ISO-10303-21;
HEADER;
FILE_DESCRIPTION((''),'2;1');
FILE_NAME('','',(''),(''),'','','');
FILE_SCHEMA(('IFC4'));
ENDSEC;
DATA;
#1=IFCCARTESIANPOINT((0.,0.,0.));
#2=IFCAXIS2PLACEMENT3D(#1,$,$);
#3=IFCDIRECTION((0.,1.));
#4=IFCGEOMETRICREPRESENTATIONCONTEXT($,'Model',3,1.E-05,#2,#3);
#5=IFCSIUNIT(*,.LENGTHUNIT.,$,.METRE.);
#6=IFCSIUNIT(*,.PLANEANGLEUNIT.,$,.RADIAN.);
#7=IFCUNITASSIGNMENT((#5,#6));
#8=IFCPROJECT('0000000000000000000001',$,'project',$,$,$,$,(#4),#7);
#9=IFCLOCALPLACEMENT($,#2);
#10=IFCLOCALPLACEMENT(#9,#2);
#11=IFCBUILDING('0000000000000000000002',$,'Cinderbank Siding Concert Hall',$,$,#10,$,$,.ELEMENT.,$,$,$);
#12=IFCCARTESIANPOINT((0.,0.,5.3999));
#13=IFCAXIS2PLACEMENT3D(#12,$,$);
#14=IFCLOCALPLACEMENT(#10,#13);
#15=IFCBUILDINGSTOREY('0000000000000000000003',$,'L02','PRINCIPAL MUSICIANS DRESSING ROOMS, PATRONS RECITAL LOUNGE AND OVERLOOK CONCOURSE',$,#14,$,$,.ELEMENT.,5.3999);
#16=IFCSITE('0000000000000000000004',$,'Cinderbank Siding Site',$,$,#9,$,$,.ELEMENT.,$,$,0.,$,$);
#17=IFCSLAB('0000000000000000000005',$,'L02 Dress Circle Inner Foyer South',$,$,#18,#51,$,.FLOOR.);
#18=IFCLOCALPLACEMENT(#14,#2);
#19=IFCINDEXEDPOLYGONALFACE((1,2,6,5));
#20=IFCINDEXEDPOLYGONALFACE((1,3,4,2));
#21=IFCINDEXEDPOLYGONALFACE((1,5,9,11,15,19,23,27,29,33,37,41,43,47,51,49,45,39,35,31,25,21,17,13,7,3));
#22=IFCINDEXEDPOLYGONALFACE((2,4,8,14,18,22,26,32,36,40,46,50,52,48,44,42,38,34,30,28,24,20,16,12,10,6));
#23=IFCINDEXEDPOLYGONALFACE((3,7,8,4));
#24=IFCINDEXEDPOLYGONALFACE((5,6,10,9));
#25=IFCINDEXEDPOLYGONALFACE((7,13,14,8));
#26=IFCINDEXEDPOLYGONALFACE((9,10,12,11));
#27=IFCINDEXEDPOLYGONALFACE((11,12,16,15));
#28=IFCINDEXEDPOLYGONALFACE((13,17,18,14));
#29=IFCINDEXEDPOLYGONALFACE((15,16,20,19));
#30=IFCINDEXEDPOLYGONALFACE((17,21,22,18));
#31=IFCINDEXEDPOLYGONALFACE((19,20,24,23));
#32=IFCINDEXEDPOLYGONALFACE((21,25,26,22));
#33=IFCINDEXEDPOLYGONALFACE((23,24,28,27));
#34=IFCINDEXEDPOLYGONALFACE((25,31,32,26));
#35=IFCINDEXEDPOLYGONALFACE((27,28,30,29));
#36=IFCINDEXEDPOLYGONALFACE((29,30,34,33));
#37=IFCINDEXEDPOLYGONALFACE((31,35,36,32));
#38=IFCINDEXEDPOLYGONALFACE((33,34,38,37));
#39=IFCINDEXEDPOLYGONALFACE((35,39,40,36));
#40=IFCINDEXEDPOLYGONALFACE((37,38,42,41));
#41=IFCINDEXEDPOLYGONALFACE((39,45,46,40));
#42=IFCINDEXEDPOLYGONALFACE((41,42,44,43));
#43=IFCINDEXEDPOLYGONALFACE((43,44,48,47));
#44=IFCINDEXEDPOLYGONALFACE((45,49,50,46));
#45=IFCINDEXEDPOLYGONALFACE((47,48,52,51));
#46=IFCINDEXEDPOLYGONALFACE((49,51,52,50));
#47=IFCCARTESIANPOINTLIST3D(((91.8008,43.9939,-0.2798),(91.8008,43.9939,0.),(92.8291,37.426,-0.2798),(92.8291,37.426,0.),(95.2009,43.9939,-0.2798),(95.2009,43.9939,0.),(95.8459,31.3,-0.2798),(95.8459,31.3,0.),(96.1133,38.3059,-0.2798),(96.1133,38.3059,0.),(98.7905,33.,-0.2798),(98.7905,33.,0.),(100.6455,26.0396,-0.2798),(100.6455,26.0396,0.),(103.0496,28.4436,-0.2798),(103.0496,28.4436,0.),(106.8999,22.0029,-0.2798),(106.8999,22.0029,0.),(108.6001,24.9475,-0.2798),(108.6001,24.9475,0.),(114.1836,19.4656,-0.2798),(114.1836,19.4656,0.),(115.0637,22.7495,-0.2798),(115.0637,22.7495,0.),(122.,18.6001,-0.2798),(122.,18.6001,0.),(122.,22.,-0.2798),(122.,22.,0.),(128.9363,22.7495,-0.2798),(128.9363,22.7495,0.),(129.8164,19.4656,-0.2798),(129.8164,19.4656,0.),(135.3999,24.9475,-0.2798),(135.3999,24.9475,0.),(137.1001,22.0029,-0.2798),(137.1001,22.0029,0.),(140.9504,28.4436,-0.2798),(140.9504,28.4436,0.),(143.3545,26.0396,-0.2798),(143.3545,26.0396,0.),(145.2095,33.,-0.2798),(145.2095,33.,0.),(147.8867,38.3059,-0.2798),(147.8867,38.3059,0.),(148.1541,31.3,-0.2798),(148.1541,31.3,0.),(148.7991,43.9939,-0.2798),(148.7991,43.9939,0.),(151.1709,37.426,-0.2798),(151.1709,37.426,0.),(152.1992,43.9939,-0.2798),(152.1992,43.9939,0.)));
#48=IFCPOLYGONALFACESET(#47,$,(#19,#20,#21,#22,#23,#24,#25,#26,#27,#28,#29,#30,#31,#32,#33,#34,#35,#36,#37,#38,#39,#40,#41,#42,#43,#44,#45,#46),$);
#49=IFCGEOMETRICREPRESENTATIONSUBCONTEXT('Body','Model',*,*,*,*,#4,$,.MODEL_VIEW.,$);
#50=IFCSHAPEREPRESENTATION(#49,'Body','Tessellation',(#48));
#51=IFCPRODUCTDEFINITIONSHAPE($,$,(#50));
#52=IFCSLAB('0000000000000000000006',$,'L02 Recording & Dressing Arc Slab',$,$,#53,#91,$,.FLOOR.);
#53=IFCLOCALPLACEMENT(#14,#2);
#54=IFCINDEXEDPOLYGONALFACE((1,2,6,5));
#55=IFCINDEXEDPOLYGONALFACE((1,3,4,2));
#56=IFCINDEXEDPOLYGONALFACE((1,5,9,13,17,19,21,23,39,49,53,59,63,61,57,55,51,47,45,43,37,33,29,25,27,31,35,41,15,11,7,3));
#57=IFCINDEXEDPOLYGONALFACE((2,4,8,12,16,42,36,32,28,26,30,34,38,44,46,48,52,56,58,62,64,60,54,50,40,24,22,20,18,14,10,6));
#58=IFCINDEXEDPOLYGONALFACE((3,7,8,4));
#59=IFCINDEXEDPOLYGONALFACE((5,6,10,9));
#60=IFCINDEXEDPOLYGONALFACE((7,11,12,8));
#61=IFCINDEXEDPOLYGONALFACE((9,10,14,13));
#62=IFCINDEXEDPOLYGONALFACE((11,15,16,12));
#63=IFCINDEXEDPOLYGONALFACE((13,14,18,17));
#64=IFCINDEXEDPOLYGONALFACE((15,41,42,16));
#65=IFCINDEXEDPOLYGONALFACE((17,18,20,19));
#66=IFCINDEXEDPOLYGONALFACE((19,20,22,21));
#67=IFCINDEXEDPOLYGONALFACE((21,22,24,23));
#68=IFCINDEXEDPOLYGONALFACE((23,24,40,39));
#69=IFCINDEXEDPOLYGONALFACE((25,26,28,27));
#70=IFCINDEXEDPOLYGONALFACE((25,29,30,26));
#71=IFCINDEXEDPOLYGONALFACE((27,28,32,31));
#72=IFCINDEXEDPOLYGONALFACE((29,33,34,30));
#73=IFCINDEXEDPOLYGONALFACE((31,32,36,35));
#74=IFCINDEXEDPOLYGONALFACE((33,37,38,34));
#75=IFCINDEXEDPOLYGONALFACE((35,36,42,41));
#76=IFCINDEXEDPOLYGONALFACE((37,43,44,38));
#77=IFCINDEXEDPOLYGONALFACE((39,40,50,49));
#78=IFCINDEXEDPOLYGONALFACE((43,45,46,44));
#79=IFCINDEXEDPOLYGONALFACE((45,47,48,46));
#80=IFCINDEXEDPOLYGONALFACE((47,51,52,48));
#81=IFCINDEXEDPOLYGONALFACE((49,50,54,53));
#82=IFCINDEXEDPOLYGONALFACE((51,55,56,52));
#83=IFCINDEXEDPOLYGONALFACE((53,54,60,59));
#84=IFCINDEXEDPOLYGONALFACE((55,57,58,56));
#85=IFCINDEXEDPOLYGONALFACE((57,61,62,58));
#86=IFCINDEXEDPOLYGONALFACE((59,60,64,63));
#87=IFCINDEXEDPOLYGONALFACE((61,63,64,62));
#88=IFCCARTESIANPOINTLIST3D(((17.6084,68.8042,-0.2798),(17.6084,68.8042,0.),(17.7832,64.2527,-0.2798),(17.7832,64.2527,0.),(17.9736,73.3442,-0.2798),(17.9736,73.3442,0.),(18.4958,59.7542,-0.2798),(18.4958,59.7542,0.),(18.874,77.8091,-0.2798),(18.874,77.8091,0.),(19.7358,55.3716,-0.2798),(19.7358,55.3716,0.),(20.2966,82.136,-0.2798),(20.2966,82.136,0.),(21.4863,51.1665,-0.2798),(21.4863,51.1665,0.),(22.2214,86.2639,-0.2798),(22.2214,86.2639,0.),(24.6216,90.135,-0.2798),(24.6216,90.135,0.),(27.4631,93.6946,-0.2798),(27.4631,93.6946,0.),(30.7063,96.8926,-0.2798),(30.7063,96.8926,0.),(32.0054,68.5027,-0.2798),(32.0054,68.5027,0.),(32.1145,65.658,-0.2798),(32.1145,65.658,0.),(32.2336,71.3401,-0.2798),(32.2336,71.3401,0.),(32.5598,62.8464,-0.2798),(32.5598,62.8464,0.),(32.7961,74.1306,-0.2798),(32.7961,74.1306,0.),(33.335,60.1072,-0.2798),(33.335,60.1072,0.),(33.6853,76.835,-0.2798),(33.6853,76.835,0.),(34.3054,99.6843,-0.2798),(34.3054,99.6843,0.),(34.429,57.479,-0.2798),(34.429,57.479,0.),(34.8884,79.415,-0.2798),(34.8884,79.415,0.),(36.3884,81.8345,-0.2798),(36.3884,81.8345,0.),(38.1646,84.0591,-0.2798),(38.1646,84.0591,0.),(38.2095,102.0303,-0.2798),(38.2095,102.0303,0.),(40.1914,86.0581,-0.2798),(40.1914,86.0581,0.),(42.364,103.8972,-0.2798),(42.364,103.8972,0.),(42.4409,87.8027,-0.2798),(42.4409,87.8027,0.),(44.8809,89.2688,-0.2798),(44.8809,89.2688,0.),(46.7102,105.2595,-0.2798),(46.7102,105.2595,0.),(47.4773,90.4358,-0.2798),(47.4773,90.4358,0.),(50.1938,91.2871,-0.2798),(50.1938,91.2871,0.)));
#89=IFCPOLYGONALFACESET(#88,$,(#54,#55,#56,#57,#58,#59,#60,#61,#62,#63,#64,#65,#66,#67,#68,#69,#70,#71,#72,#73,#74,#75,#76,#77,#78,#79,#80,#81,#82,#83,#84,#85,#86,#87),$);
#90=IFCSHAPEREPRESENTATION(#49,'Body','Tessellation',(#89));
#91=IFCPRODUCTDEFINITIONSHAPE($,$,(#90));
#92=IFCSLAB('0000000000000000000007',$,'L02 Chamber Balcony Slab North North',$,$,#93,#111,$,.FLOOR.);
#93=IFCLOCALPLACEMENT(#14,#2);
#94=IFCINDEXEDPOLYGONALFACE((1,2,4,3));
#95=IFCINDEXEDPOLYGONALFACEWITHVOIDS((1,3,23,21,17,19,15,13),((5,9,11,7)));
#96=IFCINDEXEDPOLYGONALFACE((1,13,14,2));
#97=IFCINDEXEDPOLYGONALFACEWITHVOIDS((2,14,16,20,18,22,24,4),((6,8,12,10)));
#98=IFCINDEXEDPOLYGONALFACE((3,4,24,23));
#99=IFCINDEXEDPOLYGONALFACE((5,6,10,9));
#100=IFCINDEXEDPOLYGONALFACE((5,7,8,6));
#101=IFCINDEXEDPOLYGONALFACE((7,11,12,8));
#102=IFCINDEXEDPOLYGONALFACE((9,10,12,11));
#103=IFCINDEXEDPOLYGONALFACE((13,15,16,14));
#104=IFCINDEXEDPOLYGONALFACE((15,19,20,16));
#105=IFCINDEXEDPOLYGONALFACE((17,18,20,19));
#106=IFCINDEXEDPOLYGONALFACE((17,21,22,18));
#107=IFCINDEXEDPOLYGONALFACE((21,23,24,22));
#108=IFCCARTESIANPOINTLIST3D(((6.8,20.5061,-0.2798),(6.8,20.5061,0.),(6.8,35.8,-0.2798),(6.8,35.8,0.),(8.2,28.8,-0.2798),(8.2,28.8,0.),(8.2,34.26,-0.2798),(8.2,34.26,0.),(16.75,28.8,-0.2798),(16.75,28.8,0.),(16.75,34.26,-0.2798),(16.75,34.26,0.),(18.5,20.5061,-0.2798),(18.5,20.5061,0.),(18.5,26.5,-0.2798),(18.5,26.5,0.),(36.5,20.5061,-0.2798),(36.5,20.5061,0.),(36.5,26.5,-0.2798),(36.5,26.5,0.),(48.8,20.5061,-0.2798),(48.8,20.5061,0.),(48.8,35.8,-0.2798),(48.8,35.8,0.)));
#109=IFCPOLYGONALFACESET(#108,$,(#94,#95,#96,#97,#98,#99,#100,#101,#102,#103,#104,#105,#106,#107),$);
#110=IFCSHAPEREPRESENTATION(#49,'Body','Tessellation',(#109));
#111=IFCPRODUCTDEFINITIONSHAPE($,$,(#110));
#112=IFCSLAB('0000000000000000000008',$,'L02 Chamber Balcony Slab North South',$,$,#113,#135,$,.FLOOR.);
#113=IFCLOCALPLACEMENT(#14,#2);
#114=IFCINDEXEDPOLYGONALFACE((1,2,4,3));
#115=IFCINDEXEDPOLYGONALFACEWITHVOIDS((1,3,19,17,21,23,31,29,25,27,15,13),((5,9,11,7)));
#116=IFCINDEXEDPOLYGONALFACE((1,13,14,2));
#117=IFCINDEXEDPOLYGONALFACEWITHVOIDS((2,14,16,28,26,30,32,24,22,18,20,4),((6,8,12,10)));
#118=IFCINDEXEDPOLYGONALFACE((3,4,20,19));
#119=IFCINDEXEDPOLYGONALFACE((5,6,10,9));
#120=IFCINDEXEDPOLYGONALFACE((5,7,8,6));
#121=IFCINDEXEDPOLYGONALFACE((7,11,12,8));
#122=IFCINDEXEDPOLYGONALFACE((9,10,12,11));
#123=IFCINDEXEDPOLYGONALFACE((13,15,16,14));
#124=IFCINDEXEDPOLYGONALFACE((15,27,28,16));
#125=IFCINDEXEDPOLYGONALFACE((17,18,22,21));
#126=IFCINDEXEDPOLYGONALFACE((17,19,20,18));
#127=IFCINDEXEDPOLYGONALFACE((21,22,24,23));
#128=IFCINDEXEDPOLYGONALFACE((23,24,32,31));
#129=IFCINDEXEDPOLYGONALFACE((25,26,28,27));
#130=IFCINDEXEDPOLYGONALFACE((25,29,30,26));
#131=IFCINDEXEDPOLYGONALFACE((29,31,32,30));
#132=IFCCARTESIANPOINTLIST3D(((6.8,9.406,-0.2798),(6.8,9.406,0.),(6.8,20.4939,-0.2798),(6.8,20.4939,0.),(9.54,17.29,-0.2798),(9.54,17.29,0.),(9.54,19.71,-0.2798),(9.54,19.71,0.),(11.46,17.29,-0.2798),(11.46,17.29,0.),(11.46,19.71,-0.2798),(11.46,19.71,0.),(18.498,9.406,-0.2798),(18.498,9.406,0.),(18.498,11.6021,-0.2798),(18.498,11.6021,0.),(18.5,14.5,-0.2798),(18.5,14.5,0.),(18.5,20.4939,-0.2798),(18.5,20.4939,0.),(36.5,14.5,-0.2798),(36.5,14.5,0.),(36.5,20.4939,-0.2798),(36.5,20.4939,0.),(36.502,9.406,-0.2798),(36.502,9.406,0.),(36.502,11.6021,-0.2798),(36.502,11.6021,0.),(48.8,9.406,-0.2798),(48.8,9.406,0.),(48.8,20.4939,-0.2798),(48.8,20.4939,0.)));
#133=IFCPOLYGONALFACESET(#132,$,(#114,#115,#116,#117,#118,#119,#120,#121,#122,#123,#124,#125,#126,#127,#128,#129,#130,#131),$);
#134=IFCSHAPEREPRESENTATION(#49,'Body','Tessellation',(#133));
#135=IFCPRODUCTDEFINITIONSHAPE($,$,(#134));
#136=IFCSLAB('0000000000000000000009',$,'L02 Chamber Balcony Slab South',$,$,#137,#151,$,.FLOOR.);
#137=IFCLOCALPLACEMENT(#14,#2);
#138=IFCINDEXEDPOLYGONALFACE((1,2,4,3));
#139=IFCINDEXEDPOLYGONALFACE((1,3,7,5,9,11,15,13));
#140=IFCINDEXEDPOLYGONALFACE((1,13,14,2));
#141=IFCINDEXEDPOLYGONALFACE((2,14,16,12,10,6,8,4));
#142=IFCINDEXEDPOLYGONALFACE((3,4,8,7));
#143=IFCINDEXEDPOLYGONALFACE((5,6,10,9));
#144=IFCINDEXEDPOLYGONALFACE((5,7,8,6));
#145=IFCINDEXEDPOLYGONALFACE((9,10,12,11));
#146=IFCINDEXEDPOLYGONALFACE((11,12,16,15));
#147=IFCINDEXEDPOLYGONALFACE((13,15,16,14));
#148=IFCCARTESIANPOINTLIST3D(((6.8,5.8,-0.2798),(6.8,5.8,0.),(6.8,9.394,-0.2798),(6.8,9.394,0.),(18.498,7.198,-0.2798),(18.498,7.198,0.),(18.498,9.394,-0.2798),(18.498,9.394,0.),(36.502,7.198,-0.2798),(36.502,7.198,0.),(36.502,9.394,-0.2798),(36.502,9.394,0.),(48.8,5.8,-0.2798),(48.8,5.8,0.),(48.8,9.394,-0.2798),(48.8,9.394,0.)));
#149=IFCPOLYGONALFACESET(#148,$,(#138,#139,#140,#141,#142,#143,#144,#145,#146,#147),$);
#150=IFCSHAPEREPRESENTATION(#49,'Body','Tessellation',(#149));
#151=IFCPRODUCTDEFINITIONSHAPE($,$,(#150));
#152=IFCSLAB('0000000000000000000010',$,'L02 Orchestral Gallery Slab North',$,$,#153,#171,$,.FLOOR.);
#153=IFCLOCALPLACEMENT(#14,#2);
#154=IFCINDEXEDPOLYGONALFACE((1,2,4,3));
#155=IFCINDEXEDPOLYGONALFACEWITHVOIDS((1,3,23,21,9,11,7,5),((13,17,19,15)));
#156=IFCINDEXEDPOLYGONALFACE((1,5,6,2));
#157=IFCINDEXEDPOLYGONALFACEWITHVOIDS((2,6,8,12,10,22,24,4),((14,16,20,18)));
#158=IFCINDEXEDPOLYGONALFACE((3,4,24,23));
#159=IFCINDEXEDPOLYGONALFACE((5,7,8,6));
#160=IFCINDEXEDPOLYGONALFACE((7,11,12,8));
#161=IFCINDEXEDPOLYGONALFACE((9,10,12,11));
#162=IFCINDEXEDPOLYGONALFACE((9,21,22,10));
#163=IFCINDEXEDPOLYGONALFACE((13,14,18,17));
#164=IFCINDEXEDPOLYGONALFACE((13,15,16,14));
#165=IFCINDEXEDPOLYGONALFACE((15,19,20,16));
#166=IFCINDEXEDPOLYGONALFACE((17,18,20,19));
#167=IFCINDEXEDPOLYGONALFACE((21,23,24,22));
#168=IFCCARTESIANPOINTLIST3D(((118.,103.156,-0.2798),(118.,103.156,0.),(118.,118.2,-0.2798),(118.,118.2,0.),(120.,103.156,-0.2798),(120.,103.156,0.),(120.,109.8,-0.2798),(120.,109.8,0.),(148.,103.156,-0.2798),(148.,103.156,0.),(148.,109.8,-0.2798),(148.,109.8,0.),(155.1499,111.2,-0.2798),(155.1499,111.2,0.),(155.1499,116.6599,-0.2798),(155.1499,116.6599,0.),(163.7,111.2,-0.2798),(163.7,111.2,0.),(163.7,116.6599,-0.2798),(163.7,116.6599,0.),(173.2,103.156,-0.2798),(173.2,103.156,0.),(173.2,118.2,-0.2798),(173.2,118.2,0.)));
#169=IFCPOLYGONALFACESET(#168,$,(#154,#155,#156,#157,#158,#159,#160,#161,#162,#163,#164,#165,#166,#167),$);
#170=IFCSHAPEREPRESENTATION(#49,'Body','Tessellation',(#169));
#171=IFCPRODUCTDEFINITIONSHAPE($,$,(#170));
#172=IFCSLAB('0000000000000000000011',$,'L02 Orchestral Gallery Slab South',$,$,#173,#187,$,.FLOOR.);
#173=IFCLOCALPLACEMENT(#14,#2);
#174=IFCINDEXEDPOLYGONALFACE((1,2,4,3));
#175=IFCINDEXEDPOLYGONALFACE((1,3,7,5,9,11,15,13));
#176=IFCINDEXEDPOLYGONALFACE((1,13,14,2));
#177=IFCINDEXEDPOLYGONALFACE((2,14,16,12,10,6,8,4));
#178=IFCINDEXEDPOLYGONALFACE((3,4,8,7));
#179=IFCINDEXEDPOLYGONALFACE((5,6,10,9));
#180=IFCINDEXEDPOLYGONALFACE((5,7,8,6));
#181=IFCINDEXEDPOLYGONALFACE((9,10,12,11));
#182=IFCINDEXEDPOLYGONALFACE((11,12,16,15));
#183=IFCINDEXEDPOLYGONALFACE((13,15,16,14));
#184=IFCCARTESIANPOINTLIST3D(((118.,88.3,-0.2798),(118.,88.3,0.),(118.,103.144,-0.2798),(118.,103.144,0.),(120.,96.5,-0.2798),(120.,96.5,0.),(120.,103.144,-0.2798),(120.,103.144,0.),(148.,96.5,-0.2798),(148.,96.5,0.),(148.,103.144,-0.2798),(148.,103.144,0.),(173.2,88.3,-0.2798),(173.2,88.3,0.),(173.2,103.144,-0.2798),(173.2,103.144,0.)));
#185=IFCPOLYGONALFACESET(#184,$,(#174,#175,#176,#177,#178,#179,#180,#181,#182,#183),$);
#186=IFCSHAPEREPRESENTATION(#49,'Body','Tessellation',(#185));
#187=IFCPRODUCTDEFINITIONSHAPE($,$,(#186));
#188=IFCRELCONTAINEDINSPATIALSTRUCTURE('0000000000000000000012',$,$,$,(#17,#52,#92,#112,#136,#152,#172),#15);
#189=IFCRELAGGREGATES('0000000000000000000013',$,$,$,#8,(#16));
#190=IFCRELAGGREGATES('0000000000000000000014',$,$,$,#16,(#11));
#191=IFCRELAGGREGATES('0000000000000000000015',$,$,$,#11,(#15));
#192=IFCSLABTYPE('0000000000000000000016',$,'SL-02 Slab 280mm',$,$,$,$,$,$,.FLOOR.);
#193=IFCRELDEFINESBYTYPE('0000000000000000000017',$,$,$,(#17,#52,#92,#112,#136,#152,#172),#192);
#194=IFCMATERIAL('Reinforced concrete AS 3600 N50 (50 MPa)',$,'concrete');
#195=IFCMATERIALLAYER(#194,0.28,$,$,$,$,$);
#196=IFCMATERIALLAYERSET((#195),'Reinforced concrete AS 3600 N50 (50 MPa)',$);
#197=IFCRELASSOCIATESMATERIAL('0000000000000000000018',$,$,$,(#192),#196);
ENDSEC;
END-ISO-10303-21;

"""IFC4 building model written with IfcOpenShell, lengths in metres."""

from ifc_helpers import new_model, si_unit, direction, frame, origin, place, context, subcontext, project, spatial, polyline, outline, extrude, material, layer, layer_set, type_object, element, save


model = new_model("IFC4")

# Units and contexts
model_context = context("Model", 3, precision=1e-05, world=origin(), true_north=direction((0.0, 1.0)))
body_context = subcontext(model_context, "Body", "Model", "MODEL_VIEW")
ifc_project = project(units=[si_unit("LENGTHUNIT", "METRE"), si_unit("PLANEANGLEUNIT", "RADIAN")], contexts=[model_context])

# Site, building, storey
site_placement = place(None, origin())
site = spatial("IfcSite", under=ifc_project, at=site_placement, Name="Cinderbank Siding Site", CompositionType="ELEMENT", RefElevation=0.0)
building_placement = place(site_placement, origin())
building = spatial("IfcBuilding", under=site, at=building_placement, Name="Cinderbank Siding Concert Hall", CompositionType="ELEMENT")
storey_placement = place(building_placement, frame((0.0, 0.0, 5.3999)))
storey = spatial("IfcBuildingStorey", under=building, at=storey_placement, Name="L02", Description="PRINCIPAL MUSICIANS DRESSING ROOMS, PATRONS RECITAL LOUNGE AND OVERLOOK CONCOURSE", CompositionType="ELEMENT", Elevation=5.3999)

# Shared definitions
ifc_material = material(Name="Reinforced concrete AS 3600 N50 (50 MPa)", Category="concrete")

# Slabs
ifc_layer_1 = layer(ifc_material, 0.28)
ifc_layer_set_1 = layer_set([ifc_layer_1], Name="Reinforced concrete AS 3600 N50 (50 MPa)")
slab_type_1 = type_object("IfcSlabType", Name="SL-02 Slab 280mm", PredefinedType="FLOOR", material=ifc_layer_set_1)
slab_1_placement = place(storey_placement, frame((0.0, 0.0, -0.2798)))
element("IfcSlab", 1, at=slab_1_placement, inside=storey, type_object=slab_type_1, Name="L02 Dress Circle Inner Foyer South", PredefinedType="FLOOR", context=body_context, shape_type="SweptSolid", body=[
    extrude(outline(polyline([(148.1541, 31.3), (143.3545, 26.0396), (137.1001, 22.0029), (129.8164, 19.4656), (122.0, 18.6001), (114.1836, 19.4656), (106.8999, 22.0029), (100.6455, 26.0396), (95.8459, 31.3), (92.8291, 37.426), (91.8008, 43.9939), (95.2009, 43.9939), (96.1133, 38.3059), (98.7905, 33.0), (103.0496, 28.4436), (108.6001, 24.9475), (115.0637, 22.7495), (122.0, 22.0), (128.9363, 22.7495), (135.3999, 24.9475), (140.9504, 28.4436), (145.2095, 33.0), (147.8867, 38.3059), (148.7991, 43.9939), (152.1992, 43.9939), (151.1709, 37.426), (148.1541, 31.3)])), origin(), (0.0, 0.0, 1.0), 0.2798),
])
slab_2_placement = place(storey_placement, frame((0.0, 0.0, -0.2798)))
element("IfcSlab", 2, at=slab_2_placement, inside=storey, type_object=slab_type_1, Name="L02 Recording & Dressing Arc Slab", PredefinedType="FLOOR", context=body_context, shape_type="SweptSolid", body=[
    extrude(outline(polyline([(46.7102, 105.2595), (50.1938, 91.2871), (47.4773, 90.4358), (44.8809, 89.2688), (42.4409, 87.8027), (40.1914, 86.0581), (38.1646, 84.0591), (36.3884, 81.8345), (34.8884, 79.415), (33.6853, 76.835), (32.7961, 74.1306), (32.2336, 71.3401), (32.0054, 68.5027), (32.1145, 65.658), (32.5598, 62.8464), (33.335, 60.1072), (34.429, 57.479), (21.4863, 51.1665), (19.7358, 55.3716), (18.4958, 59.7542), (17.7832, 64.2527), (17.6084, 68.8042), (17.9736, 73.3442), (18.874, 77.8091), (20.2966, 82.136), (22.2214, 86.2639), (24.6216, 90.135), (27.4631, 93.6946), (30.7063, 96.8926), (34.3054, 99.6843), (38.2095, 102.0303), (42.364, 103.8972), (46.7102, 105.2595)])), origin(), (0.0, 0.0, 1.0), 0.2798),
])
slab_3_placement = place(storey_placement, frame((0.0, 0.0, -0.2798)))
element("IfcSlab", 3, at=slab_3_placement, inside=storey, type_object=slab_type_1, Name="L02 Chamber Balcony Slab North North", PredefinedType="FLOOR", context=body_context, shape_type="SweptSolid", body=[
    extrude(outline(polyline([(48.8, 35.8), (48.8, 20.5061), (36.5, 20.5061), (36.5, 26.5), (18.5, 26.5), (18.5, 20.5061), (6.8, 20.5061), (6.8, 35.8), (48.8, 35.8)]), holes=[polyline([(16.75, 34.26), (8.2, 34.26), (8.2, 28.8), (16.75, 28.8), (16.75, 34.26)])]), origin(), (0.0, 0.0, 1.0), 0.2798),
])
slab_4_placement = place(storey_placement, frame((0.0, 0.0, -0.2798)))
element("IfcSlab", 4, at=slab_4_placement, inside=storey, type_object=slab_type_1, Name="L02 Chamber Balcony Slab North South", PredefinedType="FLOOR", context=body_context, shape_type="SweptSolid", body=[
    extrude(outline(polyline([(48.8, 9.406), (36.502, 9.406), (36.502, 11.6021), (18.498, 11.6021), (18.498, 9.406), (6.8, 9.406), (6.8, 20.4939), (18.5, 20.4939), (18.5, 14.5), (36.5, 14.5), (36.5, 20.4939), (48.8, 20.4939), (48.8, 9.406)]), holes=[polyline([(9.54, 17.29), (11.46, 17.29), (11.46, 19.71), (9.54, 19.71), (9.54, 17.29)])]), origin(), (0.0, 0.0, 1.0), 0.2798),
])
slab_5_placement = place(storey_placement, frame((0.0, 0.0, -0.2798)))
element("IfcSlab", 5, at=slab_5_placement, inside=storey, type_object=slab_type_1, Name="L02 Chamber Balcony Slab South", PredefinedType="FLOOR", context=body_context, shape_type="SweptSolid", body=[
    extrude(outline(polyline([(6.8, 5.8), (6.8, 9.394), (18.498, 9.394), (18.498, 7.198), (36.502, 7.198), (36.502, 9.394), (48.8, 9.394), (48.8, 5.8), (6.8, 5.8)])), origin(), (0.0, 0.0, 1.0), 0.2798),
])
slab_6_placement = place(storey_placement, frame((0.0, 0.0, -0.2798)))
element("IfcSlab", 6, at=slab_6_placement, inside=storey, type_object=slab_type_1, Name="L02 Orchestral Gallery Slab North", PredefinedType="FLOOR", context=body_context, shape_type="SweptSolid", body=[
    extrude(outline(polyline([(173.2, 118.2), (173.2, 103.156), (148.0, 103.156), (148.0, 109.8), (120.0, 109.8), (120.0, 103.156), (118.0, 103.156), (118.0, 118.2), (173.2, 118.2)]), holes=[polyline([(155.1499, 111.2), (163.7, 111.2), (163.7, 116.6599), (155.1499, 116.6599), (155.1499, 111.2)])]), origin(), (0.0, 0.0, 1.0), 0.2798),
])
slab_7_placement = place(storey_placement, frame((0.0, 0.0, -0.2798)))
element("IfcSlab", 7, at=slab_7_placement, inside=storey, type_object=slab_type_1, Name="L02 Orchestral Gallery Slab South", PredefinedType="FLOOR", context=body_context, shape_type="SweptSolid", body=[
    extrude(outline(polyline([(173.2, 88.3), (118.0, 88.3), (118.0, 103.144), (120.0, 103.144), (120.0, 96.5), (148.0, 96.5), (148.0, 103.144), (173.2, 103.144), (173.2, 88.3)])), origin(), (0.0, 0.0, 1.0), 0.2798),
])

save(model, "model.ifc")
